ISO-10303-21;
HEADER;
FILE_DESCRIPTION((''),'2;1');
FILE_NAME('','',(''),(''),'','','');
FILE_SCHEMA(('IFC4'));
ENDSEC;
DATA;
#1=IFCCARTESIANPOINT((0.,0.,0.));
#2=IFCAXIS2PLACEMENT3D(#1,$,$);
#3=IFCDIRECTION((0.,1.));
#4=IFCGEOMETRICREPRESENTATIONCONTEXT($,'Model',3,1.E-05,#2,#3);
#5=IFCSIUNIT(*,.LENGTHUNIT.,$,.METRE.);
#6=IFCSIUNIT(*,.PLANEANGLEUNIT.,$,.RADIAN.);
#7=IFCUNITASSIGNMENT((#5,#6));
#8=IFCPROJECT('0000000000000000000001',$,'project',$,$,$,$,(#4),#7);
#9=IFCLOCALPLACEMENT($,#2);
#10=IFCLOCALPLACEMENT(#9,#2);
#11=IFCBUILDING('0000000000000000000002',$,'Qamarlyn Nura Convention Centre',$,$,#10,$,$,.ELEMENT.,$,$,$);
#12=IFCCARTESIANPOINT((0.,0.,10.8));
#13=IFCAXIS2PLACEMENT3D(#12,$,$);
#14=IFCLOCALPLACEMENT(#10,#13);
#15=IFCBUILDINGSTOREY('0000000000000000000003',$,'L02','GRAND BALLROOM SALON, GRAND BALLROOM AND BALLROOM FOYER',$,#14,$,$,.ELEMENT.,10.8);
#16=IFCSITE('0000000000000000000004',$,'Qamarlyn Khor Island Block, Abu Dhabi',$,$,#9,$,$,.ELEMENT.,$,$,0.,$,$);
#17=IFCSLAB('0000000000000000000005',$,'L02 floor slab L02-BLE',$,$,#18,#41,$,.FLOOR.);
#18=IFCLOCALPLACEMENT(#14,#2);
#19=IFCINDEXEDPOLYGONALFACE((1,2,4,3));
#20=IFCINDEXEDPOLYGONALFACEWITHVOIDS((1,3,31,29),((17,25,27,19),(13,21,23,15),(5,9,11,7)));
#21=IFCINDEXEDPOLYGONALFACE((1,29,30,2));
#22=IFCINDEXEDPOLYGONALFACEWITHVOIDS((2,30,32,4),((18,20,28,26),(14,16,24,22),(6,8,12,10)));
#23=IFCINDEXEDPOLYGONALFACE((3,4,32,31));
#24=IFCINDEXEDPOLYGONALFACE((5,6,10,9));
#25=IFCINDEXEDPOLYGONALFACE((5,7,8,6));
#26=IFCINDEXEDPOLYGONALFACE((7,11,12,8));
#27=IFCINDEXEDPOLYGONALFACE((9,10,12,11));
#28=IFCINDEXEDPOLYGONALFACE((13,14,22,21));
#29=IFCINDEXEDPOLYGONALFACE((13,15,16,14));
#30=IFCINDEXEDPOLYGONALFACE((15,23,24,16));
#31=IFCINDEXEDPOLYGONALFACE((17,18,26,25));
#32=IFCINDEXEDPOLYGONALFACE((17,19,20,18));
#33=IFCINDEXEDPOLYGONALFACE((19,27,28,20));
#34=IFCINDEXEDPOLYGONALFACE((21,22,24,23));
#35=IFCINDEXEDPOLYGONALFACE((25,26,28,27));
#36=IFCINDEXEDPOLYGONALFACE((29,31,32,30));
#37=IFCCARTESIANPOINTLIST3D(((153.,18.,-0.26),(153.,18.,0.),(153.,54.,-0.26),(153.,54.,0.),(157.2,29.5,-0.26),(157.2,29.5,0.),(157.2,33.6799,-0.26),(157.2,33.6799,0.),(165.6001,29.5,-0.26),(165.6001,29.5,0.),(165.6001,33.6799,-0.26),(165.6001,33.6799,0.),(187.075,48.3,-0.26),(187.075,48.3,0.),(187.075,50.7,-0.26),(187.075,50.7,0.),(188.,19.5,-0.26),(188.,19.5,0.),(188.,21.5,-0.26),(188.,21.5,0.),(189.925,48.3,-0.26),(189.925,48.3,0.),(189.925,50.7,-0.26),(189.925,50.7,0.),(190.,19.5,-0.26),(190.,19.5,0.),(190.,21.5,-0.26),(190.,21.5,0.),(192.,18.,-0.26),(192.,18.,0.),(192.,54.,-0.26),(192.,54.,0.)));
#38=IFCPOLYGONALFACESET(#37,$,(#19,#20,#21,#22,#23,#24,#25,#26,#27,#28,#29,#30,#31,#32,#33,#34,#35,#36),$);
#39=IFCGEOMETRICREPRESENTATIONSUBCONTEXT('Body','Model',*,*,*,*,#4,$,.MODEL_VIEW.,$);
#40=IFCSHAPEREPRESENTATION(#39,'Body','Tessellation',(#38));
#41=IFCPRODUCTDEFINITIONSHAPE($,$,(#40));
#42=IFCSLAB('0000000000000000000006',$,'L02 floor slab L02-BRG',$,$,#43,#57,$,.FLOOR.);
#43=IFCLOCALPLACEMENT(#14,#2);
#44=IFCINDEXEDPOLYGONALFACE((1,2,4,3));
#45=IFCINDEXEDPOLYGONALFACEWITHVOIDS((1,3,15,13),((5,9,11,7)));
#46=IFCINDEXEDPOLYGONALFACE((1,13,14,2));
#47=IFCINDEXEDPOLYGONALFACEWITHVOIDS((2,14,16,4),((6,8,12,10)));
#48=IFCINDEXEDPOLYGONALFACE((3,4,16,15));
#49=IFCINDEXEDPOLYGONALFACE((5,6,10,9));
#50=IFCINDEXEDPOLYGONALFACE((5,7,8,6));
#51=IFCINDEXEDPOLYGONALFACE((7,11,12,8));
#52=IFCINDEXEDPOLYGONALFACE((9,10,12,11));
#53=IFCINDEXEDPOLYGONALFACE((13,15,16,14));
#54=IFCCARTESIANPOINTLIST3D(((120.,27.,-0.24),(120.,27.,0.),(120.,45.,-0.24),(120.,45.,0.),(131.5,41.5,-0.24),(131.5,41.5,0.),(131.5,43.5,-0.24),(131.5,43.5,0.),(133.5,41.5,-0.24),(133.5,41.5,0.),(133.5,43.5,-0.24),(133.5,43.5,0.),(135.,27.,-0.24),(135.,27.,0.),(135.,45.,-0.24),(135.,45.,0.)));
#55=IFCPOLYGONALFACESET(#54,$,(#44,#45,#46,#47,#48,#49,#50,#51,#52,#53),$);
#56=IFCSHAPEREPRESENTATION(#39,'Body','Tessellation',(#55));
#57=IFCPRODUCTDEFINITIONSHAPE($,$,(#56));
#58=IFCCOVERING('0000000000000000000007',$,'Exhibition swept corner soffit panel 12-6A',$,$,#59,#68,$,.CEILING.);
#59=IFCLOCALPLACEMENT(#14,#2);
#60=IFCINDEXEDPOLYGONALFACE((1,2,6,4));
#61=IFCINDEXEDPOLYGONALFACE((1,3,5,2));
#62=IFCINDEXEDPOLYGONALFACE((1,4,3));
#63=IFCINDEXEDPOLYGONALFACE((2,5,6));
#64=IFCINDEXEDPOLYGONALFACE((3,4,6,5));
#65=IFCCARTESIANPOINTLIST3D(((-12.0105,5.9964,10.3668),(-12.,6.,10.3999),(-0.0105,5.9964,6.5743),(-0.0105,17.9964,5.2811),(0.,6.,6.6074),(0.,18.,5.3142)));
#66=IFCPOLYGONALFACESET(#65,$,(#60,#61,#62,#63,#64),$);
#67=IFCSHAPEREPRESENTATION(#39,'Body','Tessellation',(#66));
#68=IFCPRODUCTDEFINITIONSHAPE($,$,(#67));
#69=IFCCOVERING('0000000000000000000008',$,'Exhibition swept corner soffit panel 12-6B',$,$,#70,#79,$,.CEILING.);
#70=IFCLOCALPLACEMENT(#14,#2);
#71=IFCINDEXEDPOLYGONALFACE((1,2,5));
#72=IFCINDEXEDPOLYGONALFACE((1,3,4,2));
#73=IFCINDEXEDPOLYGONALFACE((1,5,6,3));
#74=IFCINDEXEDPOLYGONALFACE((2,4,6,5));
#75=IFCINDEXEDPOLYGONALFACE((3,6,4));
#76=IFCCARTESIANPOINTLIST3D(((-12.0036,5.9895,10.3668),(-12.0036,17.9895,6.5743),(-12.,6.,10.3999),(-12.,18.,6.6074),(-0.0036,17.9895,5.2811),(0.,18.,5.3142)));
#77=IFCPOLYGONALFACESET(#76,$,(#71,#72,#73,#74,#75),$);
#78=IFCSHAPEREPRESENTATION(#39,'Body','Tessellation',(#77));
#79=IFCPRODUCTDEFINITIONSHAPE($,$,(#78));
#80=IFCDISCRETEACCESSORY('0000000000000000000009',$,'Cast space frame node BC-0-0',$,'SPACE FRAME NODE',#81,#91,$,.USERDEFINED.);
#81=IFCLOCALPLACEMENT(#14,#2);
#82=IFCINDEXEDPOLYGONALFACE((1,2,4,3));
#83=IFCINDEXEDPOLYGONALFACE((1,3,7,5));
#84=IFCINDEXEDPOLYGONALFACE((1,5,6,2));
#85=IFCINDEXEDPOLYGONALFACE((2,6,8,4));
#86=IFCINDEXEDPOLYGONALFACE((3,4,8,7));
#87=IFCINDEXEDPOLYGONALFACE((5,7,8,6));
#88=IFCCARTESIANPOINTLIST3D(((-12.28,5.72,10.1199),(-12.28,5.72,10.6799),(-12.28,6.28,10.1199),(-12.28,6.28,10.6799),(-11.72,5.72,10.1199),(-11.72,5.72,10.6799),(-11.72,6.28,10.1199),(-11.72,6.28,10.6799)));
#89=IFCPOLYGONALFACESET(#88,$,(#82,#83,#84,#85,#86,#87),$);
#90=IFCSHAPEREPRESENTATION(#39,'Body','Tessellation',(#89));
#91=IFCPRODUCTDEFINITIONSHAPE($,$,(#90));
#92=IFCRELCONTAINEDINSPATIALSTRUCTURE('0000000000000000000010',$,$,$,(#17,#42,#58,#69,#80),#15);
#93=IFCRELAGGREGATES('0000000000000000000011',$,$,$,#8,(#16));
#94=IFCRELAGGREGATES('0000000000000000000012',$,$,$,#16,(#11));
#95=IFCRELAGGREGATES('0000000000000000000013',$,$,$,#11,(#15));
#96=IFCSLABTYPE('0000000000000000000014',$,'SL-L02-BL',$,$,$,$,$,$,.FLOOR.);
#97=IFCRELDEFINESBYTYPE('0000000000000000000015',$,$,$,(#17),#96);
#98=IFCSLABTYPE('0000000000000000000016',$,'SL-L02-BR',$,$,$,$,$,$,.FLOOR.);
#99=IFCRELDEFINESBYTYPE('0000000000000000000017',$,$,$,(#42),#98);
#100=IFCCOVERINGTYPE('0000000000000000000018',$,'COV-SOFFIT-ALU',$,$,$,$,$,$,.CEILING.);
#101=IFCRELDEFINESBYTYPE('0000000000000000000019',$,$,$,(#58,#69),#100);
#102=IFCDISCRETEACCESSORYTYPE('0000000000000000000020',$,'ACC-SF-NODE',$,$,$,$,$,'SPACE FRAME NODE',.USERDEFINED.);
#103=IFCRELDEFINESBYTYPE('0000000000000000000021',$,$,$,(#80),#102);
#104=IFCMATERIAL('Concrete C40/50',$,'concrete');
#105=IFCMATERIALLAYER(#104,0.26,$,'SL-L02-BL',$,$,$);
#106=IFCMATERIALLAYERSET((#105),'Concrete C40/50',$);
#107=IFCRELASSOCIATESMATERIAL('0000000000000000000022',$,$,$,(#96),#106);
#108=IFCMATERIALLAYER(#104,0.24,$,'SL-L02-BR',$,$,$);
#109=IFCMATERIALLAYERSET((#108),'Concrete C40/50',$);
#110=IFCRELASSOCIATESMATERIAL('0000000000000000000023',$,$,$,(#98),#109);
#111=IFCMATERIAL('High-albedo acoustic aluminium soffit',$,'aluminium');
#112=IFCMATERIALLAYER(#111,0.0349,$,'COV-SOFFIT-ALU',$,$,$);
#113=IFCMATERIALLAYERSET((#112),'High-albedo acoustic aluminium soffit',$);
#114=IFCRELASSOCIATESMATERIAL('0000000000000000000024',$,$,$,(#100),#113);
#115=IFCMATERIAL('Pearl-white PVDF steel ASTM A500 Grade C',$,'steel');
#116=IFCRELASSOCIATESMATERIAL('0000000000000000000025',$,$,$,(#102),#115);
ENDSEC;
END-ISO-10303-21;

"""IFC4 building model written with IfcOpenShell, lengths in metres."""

from ifc_helpers import new_model, si_unit, direction, frame, origin, origin_2d, place, context, subcontext, project, spatial, polyline, rectangle, outline, extrude, material, layer, layer_set, type_object, element, save


model = new_model("IFC4")

# Units and contexts
model_context = context("Model", 3, precision=1e-05, world=origin(), true_north=direction((0.0, 1.0)))
body_context = subcontext(model_context, "Body", "Model", "MODEL_VIEW")
ifc_project = project(units=[si_unit("LENGTHUNIT", "METRE"), si_unit("PLANEANGLEUNIT", "RADIAN")], contexts=[model_context])

# Site, building, storey
site_placement = place(None, origin())
site = spatial("IfcSite", under=ifc_project, at=site_placement, Name="Qamarlyn Khor Island Block, Abu Dhabi", CompositionType="ELEMENT", RefElevation=0.0)
building_placement = place(site_placement, origin())
building = spatial("IfcBuilding", under=site, at=building_placement, Name="Qamarlyn Nura Convention Centre", CompositionType="ELEMENT")
storey_placement = place(building_placement, frame((0.0, 0.0, 10.8)))
storey = spatial("IfcBuildingStorey", under=building, at=storey_placement, Name="L02", Description="GRAND BALLROOM SALON, GRAND BALLROOM AND BALLROOM FOYER", CompositionType="ELEMENT", Elevation=10.8)

# Shared definitions
ifc_material_1 = material(Name="Pearl-white PVDF steel ASTM A500 Grade C", Category="steel")

# Slabs
ifc_material_2 = material(Name="Concrete C40/50", Category="concrete")
ifc_layer_1 = layer(ifc_material_2, 0.26, Name="SL-L02-BL")
ifc_layer_set_1 = layer_set([ifc_layer_1], Name="Concrete C40/50")
slab_type_1 = type_object("IfcSlabType", Name="SL-L02-BL", PredefinedType="FLOOR", material=ifc_layer_set_1)
slab_1_placement = place(storey_placement, frame((0.0, 0.0, -0.26)))
element("IfcSlab", 1, at=slab_1_placement, inside=storey, type_object=slab_type_1, Name="L02 floor slab L02-BLE", PredefinedType="FLOOR", context=body_context, shape_type="SweptSolid", body=[
    extrude(outline(polyline([(153.0, 54.0), (192.0, 54.0), (192.0, 18.0), (153.0, 18.0), (153.0, 54.0)]), holes=[polyline([(188.0, 21.5), (188.0, 19.5), (190.0, 19.5), (190.0, 21.5), (188.0, 21.5)]), polyline([(157.2, 29.5), (165.6001, 29.5), (165.6001, 33.6799), (157.2, 33.6799), (157.2, 29.5)]), polyline([(189.925, 48.3), (189.925, 50.7), (187.075, 50.7), (187.075, 48.3), (189.925, 48.3)])]), origin(), (0.0, 0.0, 1.0), 0.26),
])
ifc_layer_2 = layer(ifc_material_2, 0.24, Name="SL-L02-BR")
ifc_layer_set_2 = layer_set([ifc_layer_2], Name="Concrete C40/50")
slab_type_2 = type_object("IfcSlabType", Name="SL-L02-BR", PredefinedType="FLOOR", material=ifc_layer_set_2)
slab_2_placement = place(storey_placement, frame((0.0, 0.0, -0.24)))
element("IfcSlab", 2, at=slab_2_placement, inside=storey, type_object=slab_type_2, Name="L02 floor slab L02-BRG", PredefinedType="FLOOR", context=body_context, shape_type="SweptSolid", body=[
    extrude(outline(polyline([(120.0, 45.0), (135.0, 45.0), (135.0, 27.0), (120.0, 27.0), (120.0, 45.0)]), holes=[polyline([(131.5, 43.5), (131.5, 41.5), (133.5, 41.5), (133.5, 43.5), (131.5, 43.5)])]), origin(), (0.0, 0.0, 1.0), 0.24),
])

# Coverings
ifc_material_3 = material(Name="High-albedo acoustic aluminium soffit", Category="aluminium")
ifc_layer_3 = layer(ifc_material_3, 0.0349, Name="COV-SOFFIT-ALU")
ifc_layer_set_3 = layer_set([ifc_layer_3], Name="High-albedo acoustic aluminium soffit")
covering_type = type_object("IfcCoveringType", Name="COV-SOFFIT-ALU", PredefinedType="CEILING", material=ifc_layer_set_3)
covering_1_placement = place(storey_placement, frame((-12.0, 6.0, 10.3999), z_axis=(0.29977, 0.10222, 0.948519), x_axis=(0.953514, 0.0, -0.301349)))
element("IfcCovering", 3, at=covering_1_placement, inside=storey, type_object=covering_type, Name="Exhibition swept corner soffit panel 12-6A", PredefinedType="CEILING", context=body_context, shape_type="SweptSolid", body=[
    extrude(outline(polyline([(0.0, 0.0), (12.585, 0.0), (12.9747, 12.0632), (0.0, 0.0)])), origin(), (0.0, 0.0, -1.0), 0.0349),
])
covering_2_placement = place(storey_placement, frame((-12.0, 6.0, 10.3999), z_axis=(0.10222, 0.29977, 0.948519), x_axis=(0.677346, 0.677346, -0.287064)))
element("IfcCovering", 4, at=covering_2_placement, inside=storey, type_object=covering_type, Name="Exhibition swept corner soffit panel 12-6B", PredefinedType="CEILING", context=body_context, shape_type="SweptSolid", body=[
    extrude(outline(polyline([(0.0, 0.0), (17.7162, 0.0), (9.2168, 8.5693), (0.0, 0.0)])), origin(), (0.0, 0.0, -1.0), 0.0349),
])

# Discrete accessory
discrete_accessory_type = type_object("IfcDiscreteAccessoryType", Name="ACC-SF-NODE", ElementType="SPACE FRAME NODE", PredefinedType="USERDEFINED", material=ifc_material_1)
discrete_accessory_placement = place(storey_placement, frame((-12.0, 6.0, 10.1199), z_axis=(0.0, 0.0, 1.0), x_axis=(1.0, 0.0, 0.0)))
element("IfcDiscreteAccessory", 5, at=discrete_accessory_placement, inside=storey, type_object=discrete_accessory_type, Name="Cast space frame node BC-0-0", ObjectType="SPACE FRAME NODE", PredefinedType="USERDEFINED", context=body_context, shape_type="SweptSolid", body=[
    extrude(rectangle(XDim=0.5601, YDim=0.5601, at=origin_2d()), origin(), (0.0, 0.0, 1.0), 0.5601),
])

save(model, "model.ifc")
